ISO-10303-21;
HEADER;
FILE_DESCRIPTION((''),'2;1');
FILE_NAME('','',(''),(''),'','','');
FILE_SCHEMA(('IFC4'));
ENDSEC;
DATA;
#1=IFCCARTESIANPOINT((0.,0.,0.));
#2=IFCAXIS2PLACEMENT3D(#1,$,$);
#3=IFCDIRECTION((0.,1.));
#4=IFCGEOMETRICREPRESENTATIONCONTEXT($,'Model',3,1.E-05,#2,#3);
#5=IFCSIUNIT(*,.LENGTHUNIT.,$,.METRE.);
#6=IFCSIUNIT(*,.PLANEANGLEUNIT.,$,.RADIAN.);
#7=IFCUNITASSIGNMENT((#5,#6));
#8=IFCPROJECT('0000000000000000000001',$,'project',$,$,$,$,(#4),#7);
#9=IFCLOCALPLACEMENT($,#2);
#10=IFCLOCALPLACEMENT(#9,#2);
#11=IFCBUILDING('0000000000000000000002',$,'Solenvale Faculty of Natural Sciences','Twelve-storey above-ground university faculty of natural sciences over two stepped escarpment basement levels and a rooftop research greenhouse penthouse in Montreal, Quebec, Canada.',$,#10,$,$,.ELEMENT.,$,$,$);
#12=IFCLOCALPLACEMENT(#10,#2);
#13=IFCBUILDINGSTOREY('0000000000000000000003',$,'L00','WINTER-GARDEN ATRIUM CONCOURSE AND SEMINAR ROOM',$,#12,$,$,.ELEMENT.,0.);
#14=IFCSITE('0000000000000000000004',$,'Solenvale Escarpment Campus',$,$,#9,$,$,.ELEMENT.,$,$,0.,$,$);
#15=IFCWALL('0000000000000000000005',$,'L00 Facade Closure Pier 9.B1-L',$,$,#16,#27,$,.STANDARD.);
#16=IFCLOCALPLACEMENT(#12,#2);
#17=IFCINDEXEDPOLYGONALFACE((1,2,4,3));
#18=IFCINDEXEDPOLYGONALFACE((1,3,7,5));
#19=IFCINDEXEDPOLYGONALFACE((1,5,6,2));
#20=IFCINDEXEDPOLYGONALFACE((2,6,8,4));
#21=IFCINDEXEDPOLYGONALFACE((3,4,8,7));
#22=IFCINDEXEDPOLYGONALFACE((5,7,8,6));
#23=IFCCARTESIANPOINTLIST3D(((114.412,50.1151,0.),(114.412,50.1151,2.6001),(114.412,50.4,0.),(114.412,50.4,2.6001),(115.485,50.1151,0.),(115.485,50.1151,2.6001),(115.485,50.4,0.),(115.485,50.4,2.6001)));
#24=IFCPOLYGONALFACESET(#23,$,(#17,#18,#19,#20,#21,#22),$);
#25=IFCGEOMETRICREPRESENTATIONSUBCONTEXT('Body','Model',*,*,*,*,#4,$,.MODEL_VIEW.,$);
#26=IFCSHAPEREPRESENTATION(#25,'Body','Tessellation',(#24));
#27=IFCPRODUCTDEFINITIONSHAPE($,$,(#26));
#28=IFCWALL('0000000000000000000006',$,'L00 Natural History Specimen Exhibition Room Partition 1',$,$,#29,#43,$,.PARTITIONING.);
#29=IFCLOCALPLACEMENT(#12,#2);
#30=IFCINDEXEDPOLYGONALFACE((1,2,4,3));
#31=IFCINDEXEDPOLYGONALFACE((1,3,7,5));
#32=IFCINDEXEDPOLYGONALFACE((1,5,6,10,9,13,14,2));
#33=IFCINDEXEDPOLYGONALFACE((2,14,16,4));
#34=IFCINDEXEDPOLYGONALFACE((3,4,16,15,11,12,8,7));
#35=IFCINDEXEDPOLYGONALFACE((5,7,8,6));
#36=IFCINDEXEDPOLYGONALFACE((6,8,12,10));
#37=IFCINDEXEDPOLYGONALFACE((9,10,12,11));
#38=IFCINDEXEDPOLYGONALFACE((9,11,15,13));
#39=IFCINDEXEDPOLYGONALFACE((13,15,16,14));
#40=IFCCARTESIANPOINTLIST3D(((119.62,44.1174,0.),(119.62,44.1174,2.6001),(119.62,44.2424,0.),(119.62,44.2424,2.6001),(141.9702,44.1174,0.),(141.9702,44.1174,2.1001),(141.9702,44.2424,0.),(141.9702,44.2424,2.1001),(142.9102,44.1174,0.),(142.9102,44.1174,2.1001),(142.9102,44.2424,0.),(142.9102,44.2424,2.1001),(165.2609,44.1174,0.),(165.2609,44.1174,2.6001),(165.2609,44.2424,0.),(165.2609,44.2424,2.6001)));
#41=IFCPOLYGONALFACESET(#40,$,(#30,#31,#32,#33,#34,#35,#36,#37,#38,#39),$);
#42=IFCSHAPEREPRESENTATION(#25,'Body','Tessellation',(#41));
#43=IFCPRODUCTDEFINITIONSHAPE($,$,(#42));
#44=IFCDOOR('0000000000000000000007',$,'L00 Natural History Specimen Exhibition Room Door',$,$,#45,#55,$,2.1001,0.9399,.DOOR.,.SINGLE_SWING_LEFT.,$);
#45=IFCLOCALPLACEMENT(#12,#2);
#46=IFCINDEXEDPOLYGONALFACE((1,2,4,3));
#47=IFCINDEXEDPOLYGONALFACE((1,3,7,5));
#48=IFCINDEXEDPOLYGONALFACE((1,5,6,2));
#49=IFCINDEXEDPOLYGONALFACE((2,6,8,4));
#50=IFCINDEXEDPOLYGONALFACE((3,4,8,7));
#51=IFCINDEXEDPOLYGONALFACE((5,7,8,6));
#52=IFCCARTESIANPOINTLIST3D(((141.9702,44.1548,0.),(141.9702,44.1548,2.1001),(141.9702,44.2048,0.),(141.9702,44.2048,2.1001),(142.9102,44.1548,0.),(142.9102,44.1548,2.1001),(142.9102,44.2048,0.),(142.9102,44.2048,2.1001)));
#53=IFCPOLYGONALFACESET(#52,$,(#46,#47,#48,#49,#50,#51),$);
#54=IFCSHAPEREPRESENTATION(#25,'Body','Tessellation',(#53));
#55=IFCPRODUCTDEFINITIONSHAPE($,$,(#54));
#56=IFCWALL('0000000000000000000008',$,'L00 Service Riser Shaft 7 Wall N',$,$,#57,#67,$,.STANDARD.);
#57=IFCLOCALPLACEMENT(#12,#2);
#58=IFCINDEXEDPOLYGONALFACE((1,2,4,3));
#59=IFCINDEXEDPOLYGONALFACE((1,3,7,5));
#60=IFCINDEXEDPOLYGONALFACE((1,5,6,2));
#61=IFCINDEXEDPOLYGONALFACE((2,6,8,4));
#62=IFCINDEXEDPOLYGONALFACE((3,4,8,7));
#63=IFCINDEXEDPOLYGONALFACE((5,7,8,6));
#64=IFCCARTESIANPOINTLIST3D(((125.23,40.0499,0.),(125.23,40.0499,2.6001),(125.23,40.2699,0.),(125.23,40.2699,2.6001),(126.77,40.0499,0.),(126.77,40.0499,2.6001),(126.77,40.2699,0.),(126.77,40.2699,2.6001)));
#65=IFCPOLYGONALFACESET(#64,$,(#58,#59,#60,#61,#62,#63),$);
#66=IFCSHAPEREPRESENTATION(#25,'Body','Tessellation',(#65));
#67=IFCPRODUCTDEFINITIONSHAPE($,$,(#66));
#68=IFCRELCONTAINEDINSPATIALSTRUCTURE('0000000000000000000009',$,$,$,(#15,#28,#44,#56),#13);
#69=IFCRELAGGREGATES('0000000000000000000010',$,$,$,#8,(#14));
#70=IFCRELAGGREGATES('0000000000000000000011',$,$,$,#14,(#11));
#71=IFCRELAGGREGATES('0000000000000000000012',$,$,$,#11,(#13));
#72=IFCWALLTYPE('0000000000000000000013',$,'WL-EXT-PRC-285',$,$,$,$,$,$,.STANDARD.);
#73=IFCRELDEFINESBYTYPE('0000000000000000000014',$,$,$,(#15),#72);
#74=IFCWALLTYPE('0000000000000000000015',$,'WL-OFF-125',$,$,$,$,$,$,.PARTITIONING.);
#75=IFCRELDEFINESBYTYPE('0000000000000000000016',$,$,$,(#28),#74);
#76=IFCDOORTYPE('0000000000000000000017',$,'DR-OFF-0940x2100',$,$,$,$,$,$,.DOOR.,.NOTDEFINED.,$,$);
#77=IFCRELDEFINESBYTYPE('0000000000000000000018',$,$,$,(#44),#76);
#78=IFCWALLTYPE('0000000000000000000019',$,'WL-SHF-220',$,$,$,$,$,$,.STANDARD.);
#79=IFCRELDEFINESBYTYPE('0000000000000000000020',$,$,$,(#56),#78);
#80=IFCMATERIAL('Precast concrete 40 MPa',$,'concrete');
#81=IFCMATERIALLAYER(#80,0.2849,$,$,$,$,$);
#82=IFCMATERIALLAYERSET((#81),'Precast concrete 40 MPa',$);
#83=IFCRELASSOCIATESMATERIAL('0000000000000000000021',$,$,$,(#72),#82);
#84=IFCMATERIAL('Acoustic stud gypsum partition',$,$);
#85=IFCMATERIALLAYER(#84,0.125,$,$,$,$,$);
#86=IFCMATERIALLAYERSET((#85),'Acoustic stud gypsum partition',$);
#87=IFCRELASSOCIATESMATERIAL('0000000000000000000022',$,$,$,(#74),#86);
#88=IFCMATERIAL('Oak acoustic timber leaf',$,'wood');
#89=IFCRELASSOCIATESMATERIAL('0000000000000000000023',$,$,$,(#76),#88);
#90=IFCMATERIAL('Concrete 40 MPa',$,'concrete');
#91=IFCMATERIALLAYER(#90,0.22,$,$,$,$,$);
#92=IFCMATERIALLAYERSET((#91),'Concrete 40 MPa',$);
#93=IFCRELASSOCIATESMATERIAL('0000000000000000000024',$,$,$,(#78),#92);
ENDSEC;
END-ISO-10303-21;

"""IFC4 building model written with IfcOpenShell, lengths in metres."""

from ifc_helpers import new_model, si_unit, direction, frame, frame_2d, origin, place, context, subcontext, project, spatial, rectangle, extrude, material, layer, layer_set, type_object, element, fill, save


model = new_model("IFC4")

# Units and contexts
model_context = context("Model", 3, precision=1e-05, world=origin(), true_north=direction((0.0, 1.0)))
body_context = subcontext(model_context, "Body", "Model", "MODEL_VIEW")
ifc_project = project(units=[si_unit("LENGTHUNIT", "METRE"), si_unit("PLANEANGLEUNIT", "RADIAN")], contexts=[model_context])

# Site, building, storey
site_placement = place(None, origin())
site = spatial("IfcSite", under=ifc_project, at=site_placement, Name="Solenvale Escarpment Campus", CompositionType="ELEMENT", RefElevation=0.0)
building_placement = place(site_placement, origin())
building = spatial("IfcBuilding", under=site, at=building_placement, Name="Solenvale Faculty of Natural Sciences", Description="Twelve-storey above-ground university faculty of natural sciences over two stepped escarpment basement levels and a rooftop research greenhouse penthouse in Montreal, Quebec, Canada.", CompositionType="ELEMENT")
storey_placement = place(building_placement, origin())
storey = spatial("IfcBuildingStorey", under=building, at=storey_placement, Name="L00", Description="WINTER-GARDEN ATRIUM CONCOURSE AND SEMINAR ROOM", CompositionType="ELEMENT", Elevation=0.0)

# Shared definitions
ifc_material_1 = material(Name="Concrete 40 MPa", Category="concrete")

# Wall
ifc_material_2 = material(Name="Precast concrete 40 MPa", Category="concrete")
ifc_layer_1 = layer(ifc_material_2, 0.2849)
ifc_layer_set_1 = layer_set([ifc_layer_1], Name="Precast concrete 40 MPa")
wall_type_1 = type_object("IfcWallType", Name="WL-EXT-PRC-285", PredefinedType="STANDARD", material=ifc_layer_set_1)
wall_1_placement = place(storey_placement, frame((115.4851, 50.2576, 0.0), z_axis=(0.0, 0.0, 1.0), x_axis=(-1.0, 0.0, 0.0)))
element("IfcWall", 1, at=wall_1_placement, inside=storey, type_object=wall_type_1, Name="L00 Facade Closure Pier 9.B1-L", PredefinedType="STANDARD", context=body_context, shape_type="SweptSolid", body=[
    extrude(rectangle(XDim=1.073, YDim=0.2849, at=frame_2d((0.5366, 0.0))), origin(), (0.0, 0.0, 1.0), 2.6001),
])

# Wall, opening, door
ifc_material_3 = material(Name="Acoustic stud gypsum partition")
ifc_layer_2 = layer(ifc_material_3, 0.125)
ifc_layer_set_2 = layer_set([ifc_layer_2], Name="Acoustic stud gypsum partition")
wall_type_2 = type_object("IfcWallType", Name="WL-OFF-125", PredefinedType="PARTITIONING", material=ifc_layer_set_2)
wall_2_placement = place(storey_placement, frame((119.6201, 44.1799, 0.0), z_axis=(0.0, 0.0, 1.0), x_axis=(1.0, 0.0, 0.0)))
wall_2 = element("IfcWall", 2, at=wall_2_placement, inside=storey, type_object=wall_type_2, Name="L00 Natural History Specimen Exhibition Room Partition 1", PredefinedType="PARTITIONING", context=body_context, shape_type="SweptSolid", body=[
    extrude(rectangle(XDim=45.6409, YDim=0.125, at=frame_2d((22.8203, 0.0))), origin(), (0.0, 0.0, 1.0), 2.6001),
])
opening_1_placement = place(wall_2_placement, frame((22.3501, 0.0, 0.0)))
opening_1 = element("IfcOpeningElement", 3, at=opening_1_placement, cuts=wall_2, PredefinedType="OPENING", context=body_context, shape_type="SweptSolid", body=[
    extrude(rectangle(XDim=0.9399, YDim=2.1001, at=frame_2d((0.47, 1.05))), frame((0.0, 0.0725, 0.0), z_axis=(0.0, -1.0, 0.0), x_axis=(1.0, 0.0, 0.0)), (0.0, 0.0, 1.0), 0.145),
])
ifc_material_4 = material(Name="Oak acoustic timber leaf", Category="wood")
door_type_1 = type_object("IfcDoorType", Name="DR-OFF-0940x2100", OperationType="NOTDEFINED", PredefinedType="DOOR", material=ifc_material_4)
door_1_placement = place(opening_1_placement, origin())
door_1 = element("IfcDoor", 4, at=door_1_placement, inside=storey, type_object=door_type_1, Name="L00 Natural History Specimen Exhibition Room Door", OperationType="SINGLE_SWING_LEFT", OverallHeight=2.1001, OverallWidth=0.9399, PredefinedType="DOOR", context=body_context, shape_type="SweptSolid", body=[
    extrude(rectangle(XDim=0.9399, YDim=2.1001, at=frame_2d((0.47, 1.05))), frame((0.0, 0.0249, 0.0), z_axis=(0.0, -1.0, 0.0), x_axis=(1.0, 0.0, 0.0)), (0.0, 0.0, 1.0), 0.05),
])
fill(opening_1, door_1)

# Wall
ifc_layer_3 = layer(ifc_material_1, 0.22)
ifc_layer_set_3 = layer_set([ifc_layer_3], Name="Concrete 40 MPa")
wall_type_3 = type_object("IfcWallType", Name="WL-SHF-220", PredefinedType="STANDARD", material=ifc_layer_set_3)
wall_3_placement = place(storey_placement, frame((125.23, 40.1599, 0.0), z_axis=(0.0, 0.0, 1.0), x_axis=(1.0, 0.0, 0.0)))
element("IfcWall", 5, at=wall_3_placement, inside=storey, type_object=wall_type_3, Name="L00 Service Riser Shaft 7 Wall N", PredefinedType="STANDARD", context=body_context, shape_type="SweptSolid", body=[
    extrude(rectangle(XDim=1.54, YDim=0.22, at=frame_2d((0.77, 0.0))), origin(), (0.0, 0.0, 1.0), 2.6001),
])

save(model, "model.ifc")
